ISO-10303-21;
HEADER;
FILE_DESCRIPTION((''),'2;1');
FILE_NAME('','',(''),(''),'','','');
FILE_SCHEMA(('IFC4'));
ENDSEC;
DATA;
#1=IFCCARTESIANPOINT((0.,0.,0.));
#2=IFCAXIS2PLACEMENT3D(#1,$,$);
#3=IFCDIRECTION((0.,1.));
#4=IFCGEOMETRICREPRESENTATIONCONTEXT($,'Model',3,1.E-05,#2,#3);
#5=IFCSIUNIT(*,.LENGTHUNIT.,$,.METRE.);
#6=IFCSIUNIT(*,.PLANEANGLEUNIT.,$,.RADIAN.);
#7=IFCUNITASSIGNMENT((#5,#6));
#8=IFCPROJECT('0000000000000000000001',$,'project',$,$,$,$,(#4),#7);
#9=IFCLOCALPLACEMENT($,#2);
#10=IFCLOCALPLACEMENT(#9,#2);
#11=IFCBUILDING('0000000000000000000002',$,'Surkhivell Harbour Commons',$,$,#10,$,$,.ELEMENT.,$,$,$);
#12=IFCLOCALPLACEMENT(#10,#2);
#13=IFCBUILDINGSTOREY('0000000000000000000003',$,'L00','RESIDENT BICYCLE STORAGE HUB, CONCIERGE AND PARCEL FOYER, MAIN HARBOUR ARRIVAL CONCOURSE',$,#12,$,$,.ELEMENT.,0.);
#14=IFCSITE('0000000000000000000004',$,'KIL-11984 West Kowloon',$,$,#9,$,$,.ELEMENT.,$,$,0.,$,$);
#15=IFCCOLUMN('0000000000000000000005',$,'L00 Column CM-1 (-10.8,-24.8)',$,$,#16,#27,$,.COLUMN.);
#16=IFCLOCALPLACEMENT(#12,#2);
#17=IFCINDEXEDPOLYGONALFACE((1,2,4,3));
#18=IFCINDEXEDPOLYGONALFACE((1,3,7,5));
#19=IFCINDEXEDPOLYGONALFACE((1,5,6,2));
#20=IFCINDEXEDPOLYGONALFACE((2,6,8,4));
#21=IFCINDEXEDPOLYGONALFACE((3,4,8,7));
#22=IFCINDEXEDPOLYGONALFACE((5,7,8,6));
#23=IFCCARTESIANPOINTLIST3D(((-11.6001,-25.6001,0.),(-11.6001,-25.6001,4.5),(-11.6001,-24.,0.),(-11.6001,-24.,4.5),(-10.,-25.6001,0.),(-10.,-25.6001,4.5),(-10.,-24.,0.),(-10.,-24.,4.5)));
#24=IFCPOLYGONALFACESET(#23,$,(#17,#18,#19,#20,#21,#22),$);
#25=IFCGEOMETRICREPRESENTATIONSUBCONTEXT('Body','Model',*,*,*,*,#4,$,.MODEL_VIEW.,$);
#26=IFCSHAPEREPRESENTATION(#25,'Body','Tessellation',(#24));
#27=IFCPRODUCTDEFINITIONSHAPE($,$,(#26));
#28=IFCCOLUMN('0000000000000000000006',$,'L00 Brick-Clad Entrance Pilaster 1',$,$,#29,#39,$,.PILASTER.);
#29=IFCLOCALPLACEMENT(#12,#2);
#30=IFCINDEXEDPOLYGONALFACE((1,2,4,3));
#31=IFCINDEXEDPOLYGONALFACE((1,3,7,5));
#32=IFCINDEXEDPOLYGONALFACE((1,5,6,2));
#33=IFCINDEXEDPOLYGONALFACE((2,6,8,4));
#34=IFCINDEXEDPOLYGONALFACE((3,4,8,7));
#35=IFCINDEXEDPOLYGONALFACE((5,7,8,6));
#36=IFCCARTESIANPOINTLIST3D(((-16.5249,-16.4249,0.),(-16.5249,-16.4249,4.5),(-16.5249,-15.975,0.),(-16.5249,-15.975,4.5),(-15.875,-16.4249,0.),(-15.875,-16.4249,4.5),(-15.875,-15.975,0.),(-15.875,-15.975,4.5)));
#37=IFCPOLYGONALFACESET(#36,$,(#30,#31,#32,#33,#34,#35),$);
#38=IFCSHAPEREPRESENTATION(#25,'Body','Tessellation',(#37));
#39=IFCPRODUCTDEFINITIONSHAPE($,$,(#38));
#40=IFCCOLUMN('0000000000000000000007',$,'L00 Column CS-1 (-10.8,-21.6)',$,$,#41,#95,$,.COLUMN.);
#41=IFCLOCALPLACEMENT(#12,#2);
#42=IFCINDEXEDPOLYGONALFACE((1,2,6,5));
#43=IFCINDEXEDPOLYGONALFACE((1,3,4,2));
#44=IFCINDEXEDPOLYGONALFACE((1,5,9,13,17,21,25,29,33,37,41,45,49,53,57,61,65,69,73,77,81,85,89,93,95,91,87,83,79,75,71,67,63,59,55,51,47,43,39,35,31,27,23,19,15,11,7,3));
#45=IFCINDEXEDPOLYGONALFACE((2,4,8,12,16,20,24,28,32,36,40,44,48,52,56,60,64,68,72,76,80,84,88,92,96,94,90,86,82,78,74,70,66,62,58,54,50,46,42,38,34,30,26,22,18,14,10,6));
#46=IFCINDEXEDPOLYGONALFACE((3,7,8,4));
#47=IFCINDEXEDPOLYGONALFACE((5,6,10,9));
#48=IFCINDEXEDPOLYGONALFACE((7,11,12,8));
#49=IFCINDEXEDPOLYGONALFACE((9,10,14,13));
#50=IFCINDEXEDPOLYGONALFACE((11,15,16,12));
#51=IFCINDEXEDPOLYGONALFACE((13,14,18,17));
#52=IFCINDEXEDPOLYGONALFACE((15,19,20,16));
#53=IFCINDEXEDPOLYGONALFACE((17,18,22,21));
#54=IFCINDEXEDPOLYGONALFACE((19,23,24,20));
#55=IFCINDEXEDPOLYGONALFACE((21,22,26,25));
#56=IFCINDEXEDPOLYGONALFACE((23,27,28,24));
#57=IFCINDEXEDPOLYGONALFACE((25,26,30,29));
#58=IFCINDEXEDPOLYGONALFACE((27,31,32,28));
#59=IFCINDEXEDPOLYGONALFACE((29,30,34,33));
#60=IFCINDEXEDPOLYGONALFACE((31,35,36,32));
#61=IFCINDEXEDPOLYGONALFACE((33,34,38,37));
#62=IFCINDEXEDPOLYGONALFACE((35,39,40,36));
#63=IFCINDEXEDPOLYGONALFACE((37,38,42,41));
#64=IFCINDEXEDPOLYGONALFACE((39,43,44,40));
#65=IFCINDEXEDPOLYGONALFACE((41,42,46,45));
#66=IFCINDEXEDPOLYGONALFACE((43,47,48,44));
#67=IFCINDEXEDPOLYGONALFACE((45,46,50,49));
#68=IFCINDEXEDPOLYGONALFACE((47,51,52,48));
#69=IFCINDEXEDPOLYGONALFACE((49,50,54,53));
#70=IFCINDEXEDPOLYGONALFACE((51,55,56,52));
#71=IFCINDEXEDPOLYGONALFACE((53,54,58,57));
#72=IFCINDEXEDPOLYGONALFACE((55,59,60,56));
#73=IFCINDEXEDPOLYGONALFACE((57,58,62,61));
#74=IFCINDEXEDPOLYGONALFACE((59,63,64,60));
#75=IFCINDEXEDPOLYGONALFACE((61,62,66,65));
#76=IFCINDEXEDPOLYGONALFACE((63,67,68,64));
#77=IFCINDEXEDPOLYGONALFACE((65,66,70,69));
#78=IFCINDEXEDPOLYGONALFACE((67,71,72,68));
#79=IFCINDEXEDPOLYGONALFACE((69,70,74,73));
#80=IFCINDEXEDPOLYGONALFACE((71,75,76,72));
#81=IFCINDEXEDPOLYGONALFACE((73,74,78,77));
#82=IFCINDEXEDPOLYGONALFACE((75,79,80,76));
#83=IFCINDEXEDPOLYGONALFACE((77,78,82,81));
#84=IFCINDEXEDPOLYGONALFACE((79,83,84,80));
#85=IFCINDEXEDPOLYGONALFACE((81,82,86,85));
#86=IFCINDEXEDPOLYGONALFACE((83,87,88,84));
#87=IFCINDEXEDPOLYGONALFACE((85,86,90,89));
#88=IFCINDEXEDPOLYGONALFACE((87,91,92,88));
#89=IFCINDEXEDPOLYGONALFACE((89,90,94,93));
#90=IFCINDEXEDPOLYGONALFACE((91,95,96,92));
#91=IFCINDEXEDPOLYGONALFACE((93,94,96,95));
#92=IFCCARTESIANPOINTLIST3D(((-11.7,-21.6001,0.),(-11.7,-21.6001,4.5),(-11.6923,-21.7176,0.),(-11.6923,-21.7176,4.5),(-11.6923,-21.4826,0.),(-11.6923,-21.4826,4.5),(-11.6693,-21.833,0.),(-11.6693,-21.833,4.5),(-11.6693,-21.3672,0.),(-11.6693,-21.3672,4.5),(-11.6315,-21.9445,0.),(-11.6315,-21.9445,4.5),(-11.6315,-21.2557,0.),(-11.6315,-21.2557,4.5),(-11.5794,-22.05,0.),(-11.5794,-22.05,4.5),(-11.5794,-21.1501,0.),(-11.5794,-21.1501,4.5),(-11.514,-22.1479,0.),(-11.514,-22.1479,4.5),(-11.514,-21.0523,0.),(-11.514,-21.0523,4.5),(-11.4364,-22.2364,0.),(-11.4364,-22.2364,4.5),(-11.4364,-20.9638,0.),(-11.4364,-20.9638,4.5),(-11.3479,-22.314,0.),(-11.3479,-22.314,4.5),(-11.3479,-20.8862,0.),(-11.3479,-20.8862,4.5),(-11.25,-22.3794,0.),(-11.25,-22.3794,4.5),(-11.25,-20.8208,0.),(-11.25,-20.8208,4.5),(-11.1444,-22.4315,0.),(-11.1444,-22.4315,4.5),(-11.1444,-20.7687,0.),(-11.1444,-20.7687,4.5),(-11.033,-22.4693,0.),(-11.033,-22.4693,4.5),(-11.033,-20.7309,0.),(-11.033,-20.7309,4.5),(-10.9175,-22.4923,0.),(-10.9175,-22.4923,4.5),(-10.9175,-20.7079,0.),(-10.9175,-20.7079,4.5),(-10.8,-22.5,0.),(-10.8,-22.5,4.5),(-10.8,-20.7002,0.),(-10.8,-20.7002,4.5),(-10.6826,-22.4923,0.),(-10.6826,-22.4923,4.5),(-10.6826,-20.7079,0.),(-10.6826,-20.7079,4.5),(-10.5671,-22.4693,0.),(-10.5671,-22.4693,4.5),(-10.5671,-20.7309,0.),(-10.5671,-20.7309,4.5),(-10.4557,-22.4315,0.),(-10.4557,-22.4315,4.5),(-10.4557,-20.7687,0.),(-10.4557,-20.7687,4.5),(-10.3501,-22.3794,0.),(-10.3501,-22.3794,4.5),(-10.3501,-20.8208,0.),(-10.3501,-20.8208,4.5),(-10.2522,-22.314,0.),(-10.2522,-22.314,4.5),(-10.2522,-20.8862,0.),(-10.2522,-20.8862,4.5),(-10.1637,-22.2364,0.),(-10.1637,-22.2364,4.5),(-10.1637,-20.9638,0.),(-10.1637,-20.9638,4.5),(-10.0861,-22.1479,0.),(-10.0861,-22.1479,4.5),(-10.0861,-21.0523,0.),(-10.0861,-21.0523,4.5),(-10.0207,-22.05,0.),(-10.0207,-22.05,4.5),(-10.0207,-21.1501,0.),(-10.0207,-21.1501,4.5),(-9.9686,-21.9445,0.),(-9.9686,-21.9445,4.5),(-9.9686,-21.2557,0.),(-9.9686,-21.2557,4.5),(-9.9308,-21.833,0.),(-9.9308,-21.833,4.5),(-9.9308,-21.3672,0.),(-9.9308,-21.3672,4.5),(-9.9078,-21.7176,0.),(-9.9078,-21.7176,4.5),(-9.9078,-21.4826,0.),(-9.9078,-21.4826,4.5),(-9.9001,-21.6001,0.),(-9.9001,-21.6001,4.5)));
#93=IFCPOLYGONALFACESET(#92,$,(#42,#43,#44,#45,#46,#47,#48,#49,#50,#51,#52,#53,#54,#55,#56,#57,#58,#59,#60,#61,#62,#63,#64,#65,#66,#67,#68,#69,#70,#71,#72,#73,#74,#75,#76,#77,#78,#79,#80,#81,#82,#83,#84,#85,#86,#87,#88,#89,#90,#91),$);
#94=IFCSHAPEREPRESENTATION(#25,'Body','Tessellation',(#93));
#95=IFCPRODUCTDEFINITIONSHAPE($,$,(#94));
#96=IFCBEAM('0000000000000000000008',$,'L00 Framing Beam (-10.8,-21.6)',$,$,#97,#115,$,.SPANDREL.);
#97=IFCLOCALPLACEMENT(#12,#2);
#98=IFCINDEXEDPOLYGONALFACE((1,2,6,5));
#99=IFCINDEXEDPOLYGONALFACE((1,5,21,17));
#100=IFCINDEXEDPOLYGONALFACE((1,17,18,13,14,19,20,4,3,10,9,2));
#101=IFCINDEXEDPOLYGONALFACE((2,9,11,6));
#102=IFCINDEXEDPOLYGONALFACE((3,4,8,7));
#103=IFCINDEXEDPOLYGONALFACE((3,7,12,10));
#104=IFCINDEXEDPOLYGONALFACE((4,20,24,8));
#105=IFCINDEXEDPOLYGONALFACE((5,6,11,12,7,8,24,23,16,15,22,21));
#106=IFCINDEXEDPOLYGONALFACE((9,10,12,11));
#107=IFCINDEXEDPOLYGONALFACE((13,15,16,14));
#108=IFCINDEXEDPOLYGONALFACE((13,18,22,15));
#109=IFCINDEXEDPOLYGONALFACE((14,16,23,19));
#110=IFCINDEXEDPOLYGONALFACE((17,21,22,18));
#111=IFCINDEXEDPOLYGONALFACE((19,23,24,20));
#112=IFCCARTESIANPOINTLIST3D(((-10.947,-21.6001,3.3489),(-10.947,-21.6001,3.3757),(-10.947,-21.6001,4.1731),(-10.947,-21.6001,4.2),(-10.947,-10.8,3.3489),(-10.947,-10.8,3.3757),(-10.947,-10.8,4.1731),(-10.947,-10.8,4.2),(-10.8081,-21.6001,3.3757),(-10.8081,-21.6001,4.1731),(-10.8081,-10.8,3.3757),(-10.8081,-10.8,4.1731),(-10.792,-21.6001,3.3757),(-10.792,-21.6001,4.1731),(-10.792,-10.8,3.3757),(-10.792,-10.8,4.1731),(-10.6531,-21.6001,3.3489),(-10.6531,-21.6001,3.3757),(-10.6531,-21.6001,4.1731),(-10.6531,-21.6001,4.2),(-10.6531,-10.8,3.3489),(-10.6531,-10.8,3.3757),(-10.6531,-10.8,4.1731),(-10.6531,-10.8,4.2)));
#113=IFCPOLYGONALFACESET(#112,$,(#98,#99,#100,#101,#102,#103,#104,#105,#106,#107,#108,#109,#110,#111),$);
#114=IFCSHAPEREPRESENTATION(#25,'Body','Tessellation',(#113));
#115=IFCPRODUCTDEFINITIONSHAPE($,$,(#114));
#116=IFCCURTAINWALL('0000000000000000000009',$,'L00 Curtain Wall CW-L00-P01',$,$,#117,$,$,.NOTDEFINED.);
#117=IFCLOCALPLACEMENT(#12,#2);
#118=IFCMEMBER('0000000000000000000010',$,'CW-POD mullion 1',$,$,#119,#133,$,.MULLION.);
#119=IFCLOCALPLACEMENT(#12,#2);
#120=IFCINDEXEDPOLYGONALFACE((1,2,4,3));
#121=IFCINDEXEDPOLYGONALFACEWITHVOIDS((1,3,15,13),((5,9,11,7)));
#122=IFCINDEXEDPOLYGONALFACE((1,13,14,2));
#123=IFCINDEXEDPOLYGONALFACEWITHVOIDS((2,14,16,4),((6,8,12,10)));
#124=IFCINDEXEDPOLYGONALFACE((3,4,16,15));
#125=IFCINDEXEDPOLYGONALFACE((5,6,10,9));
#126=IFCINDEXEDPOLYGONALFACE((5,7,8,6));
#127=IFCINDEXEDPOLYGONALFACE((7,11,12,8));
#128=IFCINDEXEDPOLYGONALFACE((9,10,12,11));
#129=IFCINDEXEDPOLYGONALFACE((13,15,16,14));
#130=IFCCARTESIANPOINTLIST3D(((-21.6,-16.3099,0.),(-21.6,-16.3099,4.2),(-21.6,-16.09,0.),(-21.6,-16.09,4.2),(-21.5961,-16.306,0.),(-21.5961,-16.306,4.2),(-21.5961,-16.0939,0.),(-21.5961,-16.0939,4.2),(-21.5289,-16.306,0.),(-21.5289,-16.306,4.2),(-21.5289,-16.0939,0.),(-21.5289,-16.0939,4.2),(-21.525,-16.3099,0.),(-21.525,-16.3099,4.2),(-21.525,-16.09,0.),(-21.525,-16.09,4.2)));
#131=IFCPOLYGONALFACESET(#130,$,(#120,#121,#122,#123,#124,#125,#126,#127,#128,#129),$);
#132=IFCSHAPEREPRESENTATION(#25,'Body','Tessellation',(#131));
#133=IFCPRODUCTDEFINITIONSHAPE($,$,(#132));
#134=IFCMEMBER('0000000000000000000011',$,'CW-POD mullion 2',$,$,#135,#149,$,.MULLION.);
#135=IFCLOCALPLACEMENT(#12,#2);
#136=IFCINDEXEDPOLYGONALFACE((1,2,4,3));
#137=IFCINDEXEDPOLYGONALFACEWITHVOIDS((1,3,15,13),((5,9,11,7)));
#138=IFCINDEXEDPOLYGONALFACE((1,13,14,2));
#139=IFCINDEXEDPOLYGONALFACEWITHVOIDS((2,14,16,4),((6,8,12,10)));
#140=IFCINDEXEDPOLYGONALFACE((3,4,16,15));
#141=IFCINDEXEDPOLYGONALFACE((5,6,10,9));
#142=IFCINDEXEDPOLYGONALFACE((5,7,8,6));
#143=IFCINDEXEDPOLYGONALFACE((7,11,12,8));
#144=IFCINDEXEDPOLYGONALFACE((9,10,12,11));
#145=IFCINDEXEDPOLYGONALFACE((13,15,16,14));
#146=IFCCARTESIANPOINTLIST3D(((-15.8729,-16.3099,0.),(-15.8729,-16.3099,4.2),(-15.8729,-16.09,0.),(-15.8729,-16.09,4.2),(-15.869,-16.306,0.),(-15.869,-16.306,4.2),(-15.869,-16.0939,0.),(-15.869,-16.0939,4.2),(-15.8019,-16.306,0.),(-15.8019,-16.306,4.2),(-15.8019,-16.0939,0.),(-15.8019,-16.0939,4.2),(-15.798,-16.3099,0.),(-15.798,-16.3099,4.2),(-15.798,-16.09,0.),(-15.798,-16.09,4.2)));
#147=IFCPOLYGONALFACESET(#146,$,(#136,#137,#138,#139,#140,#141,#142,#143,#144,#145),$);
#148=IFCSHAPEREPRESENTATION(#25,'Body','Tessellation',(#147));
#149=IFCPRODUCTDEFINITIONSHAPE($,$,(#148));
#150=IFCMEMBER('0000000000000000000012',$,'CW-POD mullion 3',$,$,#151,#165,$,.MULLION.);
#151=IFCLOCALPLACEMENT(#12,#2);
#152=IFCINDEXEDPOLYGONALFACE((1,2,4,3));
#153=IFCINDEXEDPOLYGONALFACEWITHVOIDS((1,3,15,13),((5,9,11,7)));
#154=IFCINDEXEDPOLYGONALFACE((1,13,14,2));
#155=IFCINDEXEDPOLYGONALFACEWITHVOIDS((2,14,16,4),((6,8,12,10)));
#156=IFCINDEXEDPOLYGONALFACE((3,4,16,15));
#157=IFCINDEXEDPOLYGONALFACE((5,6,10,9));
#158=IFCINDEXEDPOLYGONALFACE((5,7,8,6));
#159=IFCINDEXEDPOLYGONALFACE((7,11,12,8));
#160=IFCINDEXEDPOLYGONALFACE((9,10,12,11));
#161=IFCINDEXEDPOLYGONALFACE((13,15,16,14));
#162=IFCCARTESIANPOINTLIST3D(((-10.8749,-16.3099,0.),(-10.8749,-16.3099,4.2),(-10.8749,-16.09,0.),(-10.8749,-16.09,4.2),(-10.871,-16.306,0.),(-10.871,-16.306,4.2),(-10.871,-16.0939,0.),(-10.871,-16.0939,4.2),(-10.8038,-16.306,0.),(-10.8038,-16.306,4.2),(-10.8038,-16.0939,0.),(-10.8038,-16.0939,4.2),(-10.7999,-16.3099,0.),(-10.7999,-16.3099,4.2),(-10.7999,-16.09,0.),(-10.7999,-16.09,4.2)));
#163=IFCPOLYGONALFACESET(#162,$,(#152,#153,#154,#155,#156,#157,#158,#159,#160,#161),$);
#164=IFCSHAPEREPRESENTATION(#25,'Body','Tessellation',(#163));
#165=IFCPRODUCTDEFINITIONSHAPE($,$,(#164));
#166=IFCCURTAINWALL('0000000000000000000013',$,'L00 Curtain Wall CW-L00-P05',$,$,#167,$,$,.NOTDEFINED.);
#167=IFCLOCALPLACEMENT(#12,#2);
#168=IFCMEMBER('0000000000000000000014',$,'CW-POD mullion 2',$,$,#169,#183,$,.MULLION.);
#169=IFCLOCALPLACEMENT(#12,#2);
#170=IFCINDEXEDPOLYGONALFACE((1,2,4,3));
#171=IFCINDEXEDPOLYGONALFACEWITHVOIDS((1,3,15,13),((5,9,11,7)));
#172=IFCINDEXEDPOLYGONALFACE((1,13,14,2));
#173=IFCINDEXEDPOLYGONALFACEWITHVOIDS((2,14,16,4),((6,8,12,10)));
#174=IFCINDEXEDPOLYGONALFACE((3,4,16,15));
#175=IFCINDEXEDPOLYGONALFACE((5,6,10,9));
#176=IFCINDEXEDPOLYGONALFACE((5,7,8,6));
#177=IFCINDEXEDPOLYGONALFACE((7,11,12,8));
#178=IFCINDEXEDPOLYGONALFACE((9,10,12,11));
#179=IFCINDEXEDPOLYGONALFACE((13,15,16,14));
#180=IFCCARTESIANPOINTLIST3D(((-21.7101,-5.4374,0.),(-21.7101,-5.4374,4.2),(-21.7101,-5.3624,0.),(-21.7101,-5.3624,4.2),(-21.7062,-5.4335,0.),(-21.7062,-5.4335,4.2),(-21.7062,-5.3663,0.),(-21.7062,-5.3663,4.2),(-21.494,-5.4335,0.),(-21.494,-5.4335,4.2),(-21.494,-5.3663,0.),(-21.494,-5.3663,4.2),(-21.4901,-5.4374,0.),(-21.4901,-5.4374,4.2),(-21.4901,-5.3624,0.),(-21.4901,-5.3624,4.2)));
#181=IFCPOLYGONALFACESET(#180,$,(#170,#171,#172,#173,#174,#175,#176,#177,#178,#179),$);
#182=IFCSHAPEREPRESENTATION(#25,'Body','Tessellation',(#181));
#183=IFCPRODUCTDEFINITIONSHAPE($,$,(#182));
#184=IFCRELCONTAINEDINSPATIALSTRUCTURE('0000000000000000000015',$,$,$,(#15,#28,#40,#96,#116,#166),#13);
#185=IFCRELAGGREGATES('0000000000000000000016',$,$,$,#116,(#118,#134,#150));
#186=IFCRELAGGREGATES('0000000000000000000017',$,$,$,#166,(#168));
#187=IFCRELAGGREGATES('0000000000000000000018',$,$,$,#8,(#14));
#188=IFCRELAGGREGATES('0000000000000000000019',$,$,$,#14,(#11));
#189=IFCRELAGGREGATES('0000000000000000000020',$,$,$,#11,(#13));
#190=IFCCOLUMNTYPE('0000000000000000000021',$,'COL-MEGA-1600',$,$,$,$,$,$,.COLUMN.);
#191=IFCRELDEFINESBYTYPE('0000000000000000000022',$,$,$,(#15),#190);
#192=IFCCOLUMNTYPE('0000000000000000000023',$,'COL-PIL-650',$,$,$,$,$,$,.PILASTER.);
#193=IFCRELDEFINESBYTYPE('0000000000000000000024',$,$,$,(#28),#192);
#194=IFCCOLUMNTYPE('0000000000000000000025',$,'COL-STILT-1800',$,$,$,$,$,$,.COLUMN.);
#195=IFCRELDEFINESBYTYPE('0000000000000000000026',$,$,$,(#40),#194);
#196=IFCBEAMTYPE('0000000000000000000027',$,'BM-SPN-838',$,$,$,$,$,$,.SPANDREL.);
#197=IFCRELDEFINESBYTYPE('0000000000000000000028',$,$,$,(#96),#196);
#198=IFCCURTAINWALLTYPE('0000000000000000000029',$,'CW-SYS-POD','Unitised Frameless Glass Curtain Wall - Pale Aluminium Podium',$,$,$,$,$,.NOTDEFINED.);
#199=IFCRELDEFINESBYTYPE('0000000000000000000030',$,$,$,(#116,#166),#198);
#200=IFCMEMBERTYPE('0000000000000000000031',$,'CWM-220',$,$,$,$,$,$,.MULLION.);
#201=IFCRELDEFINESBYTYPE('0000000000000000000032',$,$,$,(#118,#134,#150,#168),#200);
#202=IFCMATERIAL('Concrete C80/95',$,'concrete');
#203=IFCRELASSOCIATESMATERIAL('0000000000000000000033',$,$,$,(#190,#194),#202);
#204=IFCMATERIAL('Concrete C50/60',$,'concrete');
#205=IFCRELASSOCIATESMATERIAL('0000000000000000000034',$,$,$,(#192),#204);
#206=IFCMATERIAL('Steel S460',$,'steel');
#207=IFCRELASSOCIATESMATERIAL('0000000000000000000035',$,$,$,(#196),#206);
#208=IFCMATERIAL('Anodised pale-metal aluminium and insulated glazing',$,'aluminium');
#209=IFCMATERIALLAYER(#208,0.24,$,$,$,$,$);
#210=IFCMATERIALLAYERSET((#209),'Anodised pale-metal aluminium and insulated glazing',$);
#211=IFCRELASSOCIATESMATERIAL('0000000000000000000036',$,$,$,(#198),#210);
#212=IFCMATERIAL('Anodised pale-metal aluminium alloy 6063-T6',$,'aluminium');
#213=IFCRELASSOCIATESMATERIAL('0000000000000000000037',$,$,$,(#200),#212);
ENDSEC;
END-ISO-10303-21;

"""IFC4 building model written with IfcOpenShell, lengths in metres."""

from ifc_helpers import new_model, si_unit, direction, frame, origin, origin_2d, place, context, subcontext, project, spatial, rectangle, hollow_rectangle, circle, i_section, extrude, material, layer, layer_set, material_profile, profile_set, type_object, element, aggregate, save


model = new_model("IFC4")

# Units and contexts
model_context = context("Model", 3, precision=1e-05, world=origin(), true_north=direction((0.0, 1.0)))
body_context = subcontext(model_context, "Body", "Model", "MODEL_VIEW")
ifc_project = project(units=[si_unit("LENGTHUNIT", "METRE"), si_unit("PLANEANGLEUNIT", "RADIAN")], contexts=[model_context])

# Site, building, storey
site_placement = place(None, origin())
site = spatial("IfcSite", under=ifc_project, at=site_placement, Name="KIL-11984 West Kowloon", CompositionType="ELEMENT", RefElevation=0.0)
building_placement = place(site_placement, origin())
building = spatial("IfcBuilding", under=site, at=building_placement, Name="Surkhivell Harbour Commons", CompositionType="ELEMENT")
storey_placement = place(building_placement, origin())
storey = spatial("IfcBuildingStorey", under=building, at=storey_placement, Name="L00", Description="RESIDENT BICYCLE STORAGE HUB, CONCIERGE AND PARCEL FOYER, MAIN HARBOUR ARRIVAL CONCOURSE", CompositionType="ELEMENT", Elevation=0.0)

# Columns
ifc_material_1 = material(Name="Concrete C80/95", Category="concrete")
ifc_material_profile_1 = material_profile(ifc_material_1, rectangle(XDim=1.6001, YDim=1.6001, at=origin_2d()), Name="RC-COL-1600x1600")
ifc_profile_set_1 = profile_set([ifc_material_profile_1], Name="Concrete C80/95")
column_type_1 = type_object("IfcColumnType", Name="COL-MEGA-1600", PredefinedType="COLUMN", material=ifc_profile_set_1)
column_1_placement = place(storey_placement, frame((-10.8, -24.8, 0.0), z_axis=(0.0, 0.0, 1.0), x_axis=(1.0, 0.0, 0.0)))
element("IfcColumn", 1, at=column_1_placement, inside=storey, type_object=column_type_1, Name="L00 Column CM-1 (-10.8,-24.8)", PredefinedType="COLUMN", context=body_context, shape_type="SweptSolid", body=[
    extrude(rectangle(XDim=1.6001, YDim=1.6001, at=origin_2d()), origin(), (0.0, 0.0, 1.0), 4.5),
])
ifc_material_2 = material(Name="Concrete C50/60", Category="concrete")
ifc_material_profile_2 = material_profile(ifc_material_2, rectangle(XDim=0.6499, YDim=0.45, at=origin_2d()), Name="RC-PIL-650x450")
ifc_profile_set_2 = profile_set([ifc_material_profile_2], Name="Concrete C50/60")
column_type_2 = type_object("IfcColumnType", Name="COL-PIL-650", PredefinedType="PILASTER", material=ifc_profile_set_2)
column_2_placement = place(storey_placement, frame((-16.2, -16.2, 0.0), z_axis=(0.0, 0.0, 1.0), x_axis=(1.0, 0.0, 0.0)))
element("IfcColumn", 2, at=column_2_placement, inside=storey, type_object=column_type_2, Name="L00 Brick-Clad Entrance Pilaster 1", PredefinedType="PILASTER", context=body_context, shape_type="SweptSolid", body=[
    extrude(rectangle(XDim=0.6499, YDim=0.45, at=origin_2d()), origin(), (0.0, 0.0, 1.0), 4.5),
])
ifc_material_profile_3 = material_profile(ifc_material_1, circle(Radius=0.8999, at=origin_2d()), Name="RC-CIRC-1800")
ifc_profile_set_3 = profile_set([ifc_material_profile_3], Name="Concrete C80/95")
column_type_3 = type_object("IfcColumnType", Name="COL-STILT-1800", PredefinedType="COLUMN", material=ifc_profile_set_3)
column_3_placement = place(storey_placement, frame((-10.8, -21.6001, 0.0), z_axis=(0.0, 0.0, 1.0), x_axis=(1.0, 0.0, 0.0)))
element("IfcColumn", 3, at=column_3_placement, inside=storey, type_object=column_type_3, Name="L00 Column CS-1 (-10.8,-21.6)", PredefinedType="COLUMN", context=body_context, shape_type="SweptSolid", body=[
    extrude(circle(Radius=0.8999, at=origin_2d()), origin(), (0.0, 0.0, 1.0), 4.5),
])

# Beam
ifc_material_3 = material(Name="Steel S460", Category="steel")
ifc_material_profile_4 = material_profile(ifc_material_3, i_section(OverallWidth=0.2939, OverallDepth=0.8511, WebThickness=0.0161, FlangeThickness=0.0269, at=origin_2d()), Name="UB838x292x226")
ifc_profile_set_4 = profile_set([ifc_material_profile_4], Name="Steel S460")
beam_type = type_object("IfcBeamType", Name="BM-SPN-838", PredefinedType="SPANDREL", material=ifc_profile_set_4)
beam_placement = place(storey_placement, frame((-10.8, -21.6001, 3.7744), z_axis=(0.0, 1.0, 0.0), x_axis=(-1.0, 0.0, 0.0)))
element("IfcBeam", 4, at=beam_placement, inside=storey, type_object=beam_type, Name="L00 Framing Beam (-10.8,-21.6)", PredefinedType="SPANDREL", context=body_context, shape_type="SweptSolid", body=[
    extrude(i_section(OverallWidth=0.2939, OverallDepth=0.8511, WebThickness=0.0161, FlangeThickness=0.0269, at=origin_2d()), origin(), (0.0, 0.0, 1.0), 10.8),
])

# Curtain walls, members
ifc_material_4 = material(Name="Anodised pale-metal aluminium and insulated glazing", Category="aluminium")
ifc_layer_1 = layer(ifc_material_4, 0.24)
ifc_layer_set_1 = layer_set([ifc_layer_1], Name="Anodised pale-metal aluminium and insulated glazing")
curtain_wall_type = type_object("IfcCurtainWallType", Name="CW-SYS-POD", Description="Unitised Frameless Glass Curtain Wall - Pale Aluminium Podium", PredefinedType="NOTDEFINED", material=ifc_layer_set_1)
curtain_wall_1_placement = place(storey_placement, origin())
curtain_wall_1 = element("IfcCurtainWall", 5, at=curtain_wall_1_placement, inside=storey, type_object=curtain_wall_type, Name="L00 Curtain Wall CW-L00-P01", PredefinedType="NOTDEFINED")
ifc_material_5 = material(Name="Anodised pale-metal aluminium alloy 6063-T6", Category="aluminium")
ifc_material_profile_5 = material_profile(ifc_material_5, hollow_rectangle(XDim=0.075, YDim=0.22, WallThickness=0.0039, at=origin_2d()), Name="ALU-MULL-75x220")
ifc_profile_set_5 = profile_set([ifc_material_profile_5], Name="Anodised pale-metal aluminium alloy 6063-T6")
member_type_1 = type_object("IfcMemberType", Name="CWM-220", PredefinedType="MULLION", material=ifc_profile_set_5)
member_1_placement = place(storey_placement, frame((-21.5625, -16.2, 0.0), z_axis=(0.0, 0.0, 1.0), x_axis=(1.0, 0.0, 0.0)))
member_1 = element("IfcMember", 6, at=member_1_placement, type_object=member_type_1, Name="CW-POD mullion 1", PredefinedType="MULLION", context=body_context, shape_type="SweptSolid", body=[
    extrude(hollow_rectangle(XDim=0.075, YDim=0.22, WallThickness=0.0039, at=origin_2d()), origin(), (0.0, 0.0, 1.0), 4.2),
])
member_2_placement = place(storey_placement, frame((-15.8354, -16.2, 0.0), z_axis=(0.0, 0.0, 1.0), x_axis=(1.0, 0.0, 0.0)))
member_2 = element("IfcMember", 7, at=member_2_placement, type_object=member_type_1, Name="CW-POD mullion 2", PredefinedType="MULLION", context=body_context, shape_type="SweptSolid", body=[
    extrude(hollow_rectangle(XDim=0.075, YDim=0.22, WallThickness=0.0039, at=origin_2d()), origin(), (0.0, 0.0, 1.0), 4.2),
])
member_3_placement = place(storey_placement, frame((-10.8374, -16.2, 0.0), z_axis=(0.0, 0.0, 1.0), x_axis=(1.0, 0.0, 0.0)))
member_3 = element("IfcMember", 8, at=member_3_placement, type_object=member_type_1, Name="CW-POD mullion 3", PredefinedType="MULLION", context=body_context, shape_type="SweptSolid", body=[
    extrude(hollow_rectangle(XDim=0.075, YDim=0.22, WallThickness=0.0039, at=origin_2d()), origin(), (0.0, 0.0, 1.0), 4.2),
])
curtain_wall_2_placement = place(storey_placement, origin())
curtain_wall_2 = element("IfcCurtainWall", 9, at=curtain_wall_2_placement, inside=storey, type_object=curtain_wall_type, Name="L00 Curtain Wall CW-L00-P05", PredefinedType="NOTDEFINED")
member_4_placement = place(storey_placement, frame((-21.6001, -5.3999, 0.0), z_axis=(0.0, 0.0, 1.0), x_axis=(0.0, 1.0, 0.0)))
member_4 = element("IfcMember", 10, at=member_4_placement, type_object=member_type_1, Name="CW-POD mullion 2", PredefinedType="MULLION", context=body_context, shape_type="SweptSolid", body=[
    extrude(hollow_rectangle(XDim=0.075, YDim=0.22, WallThickness=0.0039, at=origin_2d()), origin(), (0.0, 0.0, 1.0), 4.2),
])

aggregate(curtain_wall_1, [member_1, member_2, member_3])
aggregate(curtain_wall_2, [member_4])

save(model, "model.ifc")
